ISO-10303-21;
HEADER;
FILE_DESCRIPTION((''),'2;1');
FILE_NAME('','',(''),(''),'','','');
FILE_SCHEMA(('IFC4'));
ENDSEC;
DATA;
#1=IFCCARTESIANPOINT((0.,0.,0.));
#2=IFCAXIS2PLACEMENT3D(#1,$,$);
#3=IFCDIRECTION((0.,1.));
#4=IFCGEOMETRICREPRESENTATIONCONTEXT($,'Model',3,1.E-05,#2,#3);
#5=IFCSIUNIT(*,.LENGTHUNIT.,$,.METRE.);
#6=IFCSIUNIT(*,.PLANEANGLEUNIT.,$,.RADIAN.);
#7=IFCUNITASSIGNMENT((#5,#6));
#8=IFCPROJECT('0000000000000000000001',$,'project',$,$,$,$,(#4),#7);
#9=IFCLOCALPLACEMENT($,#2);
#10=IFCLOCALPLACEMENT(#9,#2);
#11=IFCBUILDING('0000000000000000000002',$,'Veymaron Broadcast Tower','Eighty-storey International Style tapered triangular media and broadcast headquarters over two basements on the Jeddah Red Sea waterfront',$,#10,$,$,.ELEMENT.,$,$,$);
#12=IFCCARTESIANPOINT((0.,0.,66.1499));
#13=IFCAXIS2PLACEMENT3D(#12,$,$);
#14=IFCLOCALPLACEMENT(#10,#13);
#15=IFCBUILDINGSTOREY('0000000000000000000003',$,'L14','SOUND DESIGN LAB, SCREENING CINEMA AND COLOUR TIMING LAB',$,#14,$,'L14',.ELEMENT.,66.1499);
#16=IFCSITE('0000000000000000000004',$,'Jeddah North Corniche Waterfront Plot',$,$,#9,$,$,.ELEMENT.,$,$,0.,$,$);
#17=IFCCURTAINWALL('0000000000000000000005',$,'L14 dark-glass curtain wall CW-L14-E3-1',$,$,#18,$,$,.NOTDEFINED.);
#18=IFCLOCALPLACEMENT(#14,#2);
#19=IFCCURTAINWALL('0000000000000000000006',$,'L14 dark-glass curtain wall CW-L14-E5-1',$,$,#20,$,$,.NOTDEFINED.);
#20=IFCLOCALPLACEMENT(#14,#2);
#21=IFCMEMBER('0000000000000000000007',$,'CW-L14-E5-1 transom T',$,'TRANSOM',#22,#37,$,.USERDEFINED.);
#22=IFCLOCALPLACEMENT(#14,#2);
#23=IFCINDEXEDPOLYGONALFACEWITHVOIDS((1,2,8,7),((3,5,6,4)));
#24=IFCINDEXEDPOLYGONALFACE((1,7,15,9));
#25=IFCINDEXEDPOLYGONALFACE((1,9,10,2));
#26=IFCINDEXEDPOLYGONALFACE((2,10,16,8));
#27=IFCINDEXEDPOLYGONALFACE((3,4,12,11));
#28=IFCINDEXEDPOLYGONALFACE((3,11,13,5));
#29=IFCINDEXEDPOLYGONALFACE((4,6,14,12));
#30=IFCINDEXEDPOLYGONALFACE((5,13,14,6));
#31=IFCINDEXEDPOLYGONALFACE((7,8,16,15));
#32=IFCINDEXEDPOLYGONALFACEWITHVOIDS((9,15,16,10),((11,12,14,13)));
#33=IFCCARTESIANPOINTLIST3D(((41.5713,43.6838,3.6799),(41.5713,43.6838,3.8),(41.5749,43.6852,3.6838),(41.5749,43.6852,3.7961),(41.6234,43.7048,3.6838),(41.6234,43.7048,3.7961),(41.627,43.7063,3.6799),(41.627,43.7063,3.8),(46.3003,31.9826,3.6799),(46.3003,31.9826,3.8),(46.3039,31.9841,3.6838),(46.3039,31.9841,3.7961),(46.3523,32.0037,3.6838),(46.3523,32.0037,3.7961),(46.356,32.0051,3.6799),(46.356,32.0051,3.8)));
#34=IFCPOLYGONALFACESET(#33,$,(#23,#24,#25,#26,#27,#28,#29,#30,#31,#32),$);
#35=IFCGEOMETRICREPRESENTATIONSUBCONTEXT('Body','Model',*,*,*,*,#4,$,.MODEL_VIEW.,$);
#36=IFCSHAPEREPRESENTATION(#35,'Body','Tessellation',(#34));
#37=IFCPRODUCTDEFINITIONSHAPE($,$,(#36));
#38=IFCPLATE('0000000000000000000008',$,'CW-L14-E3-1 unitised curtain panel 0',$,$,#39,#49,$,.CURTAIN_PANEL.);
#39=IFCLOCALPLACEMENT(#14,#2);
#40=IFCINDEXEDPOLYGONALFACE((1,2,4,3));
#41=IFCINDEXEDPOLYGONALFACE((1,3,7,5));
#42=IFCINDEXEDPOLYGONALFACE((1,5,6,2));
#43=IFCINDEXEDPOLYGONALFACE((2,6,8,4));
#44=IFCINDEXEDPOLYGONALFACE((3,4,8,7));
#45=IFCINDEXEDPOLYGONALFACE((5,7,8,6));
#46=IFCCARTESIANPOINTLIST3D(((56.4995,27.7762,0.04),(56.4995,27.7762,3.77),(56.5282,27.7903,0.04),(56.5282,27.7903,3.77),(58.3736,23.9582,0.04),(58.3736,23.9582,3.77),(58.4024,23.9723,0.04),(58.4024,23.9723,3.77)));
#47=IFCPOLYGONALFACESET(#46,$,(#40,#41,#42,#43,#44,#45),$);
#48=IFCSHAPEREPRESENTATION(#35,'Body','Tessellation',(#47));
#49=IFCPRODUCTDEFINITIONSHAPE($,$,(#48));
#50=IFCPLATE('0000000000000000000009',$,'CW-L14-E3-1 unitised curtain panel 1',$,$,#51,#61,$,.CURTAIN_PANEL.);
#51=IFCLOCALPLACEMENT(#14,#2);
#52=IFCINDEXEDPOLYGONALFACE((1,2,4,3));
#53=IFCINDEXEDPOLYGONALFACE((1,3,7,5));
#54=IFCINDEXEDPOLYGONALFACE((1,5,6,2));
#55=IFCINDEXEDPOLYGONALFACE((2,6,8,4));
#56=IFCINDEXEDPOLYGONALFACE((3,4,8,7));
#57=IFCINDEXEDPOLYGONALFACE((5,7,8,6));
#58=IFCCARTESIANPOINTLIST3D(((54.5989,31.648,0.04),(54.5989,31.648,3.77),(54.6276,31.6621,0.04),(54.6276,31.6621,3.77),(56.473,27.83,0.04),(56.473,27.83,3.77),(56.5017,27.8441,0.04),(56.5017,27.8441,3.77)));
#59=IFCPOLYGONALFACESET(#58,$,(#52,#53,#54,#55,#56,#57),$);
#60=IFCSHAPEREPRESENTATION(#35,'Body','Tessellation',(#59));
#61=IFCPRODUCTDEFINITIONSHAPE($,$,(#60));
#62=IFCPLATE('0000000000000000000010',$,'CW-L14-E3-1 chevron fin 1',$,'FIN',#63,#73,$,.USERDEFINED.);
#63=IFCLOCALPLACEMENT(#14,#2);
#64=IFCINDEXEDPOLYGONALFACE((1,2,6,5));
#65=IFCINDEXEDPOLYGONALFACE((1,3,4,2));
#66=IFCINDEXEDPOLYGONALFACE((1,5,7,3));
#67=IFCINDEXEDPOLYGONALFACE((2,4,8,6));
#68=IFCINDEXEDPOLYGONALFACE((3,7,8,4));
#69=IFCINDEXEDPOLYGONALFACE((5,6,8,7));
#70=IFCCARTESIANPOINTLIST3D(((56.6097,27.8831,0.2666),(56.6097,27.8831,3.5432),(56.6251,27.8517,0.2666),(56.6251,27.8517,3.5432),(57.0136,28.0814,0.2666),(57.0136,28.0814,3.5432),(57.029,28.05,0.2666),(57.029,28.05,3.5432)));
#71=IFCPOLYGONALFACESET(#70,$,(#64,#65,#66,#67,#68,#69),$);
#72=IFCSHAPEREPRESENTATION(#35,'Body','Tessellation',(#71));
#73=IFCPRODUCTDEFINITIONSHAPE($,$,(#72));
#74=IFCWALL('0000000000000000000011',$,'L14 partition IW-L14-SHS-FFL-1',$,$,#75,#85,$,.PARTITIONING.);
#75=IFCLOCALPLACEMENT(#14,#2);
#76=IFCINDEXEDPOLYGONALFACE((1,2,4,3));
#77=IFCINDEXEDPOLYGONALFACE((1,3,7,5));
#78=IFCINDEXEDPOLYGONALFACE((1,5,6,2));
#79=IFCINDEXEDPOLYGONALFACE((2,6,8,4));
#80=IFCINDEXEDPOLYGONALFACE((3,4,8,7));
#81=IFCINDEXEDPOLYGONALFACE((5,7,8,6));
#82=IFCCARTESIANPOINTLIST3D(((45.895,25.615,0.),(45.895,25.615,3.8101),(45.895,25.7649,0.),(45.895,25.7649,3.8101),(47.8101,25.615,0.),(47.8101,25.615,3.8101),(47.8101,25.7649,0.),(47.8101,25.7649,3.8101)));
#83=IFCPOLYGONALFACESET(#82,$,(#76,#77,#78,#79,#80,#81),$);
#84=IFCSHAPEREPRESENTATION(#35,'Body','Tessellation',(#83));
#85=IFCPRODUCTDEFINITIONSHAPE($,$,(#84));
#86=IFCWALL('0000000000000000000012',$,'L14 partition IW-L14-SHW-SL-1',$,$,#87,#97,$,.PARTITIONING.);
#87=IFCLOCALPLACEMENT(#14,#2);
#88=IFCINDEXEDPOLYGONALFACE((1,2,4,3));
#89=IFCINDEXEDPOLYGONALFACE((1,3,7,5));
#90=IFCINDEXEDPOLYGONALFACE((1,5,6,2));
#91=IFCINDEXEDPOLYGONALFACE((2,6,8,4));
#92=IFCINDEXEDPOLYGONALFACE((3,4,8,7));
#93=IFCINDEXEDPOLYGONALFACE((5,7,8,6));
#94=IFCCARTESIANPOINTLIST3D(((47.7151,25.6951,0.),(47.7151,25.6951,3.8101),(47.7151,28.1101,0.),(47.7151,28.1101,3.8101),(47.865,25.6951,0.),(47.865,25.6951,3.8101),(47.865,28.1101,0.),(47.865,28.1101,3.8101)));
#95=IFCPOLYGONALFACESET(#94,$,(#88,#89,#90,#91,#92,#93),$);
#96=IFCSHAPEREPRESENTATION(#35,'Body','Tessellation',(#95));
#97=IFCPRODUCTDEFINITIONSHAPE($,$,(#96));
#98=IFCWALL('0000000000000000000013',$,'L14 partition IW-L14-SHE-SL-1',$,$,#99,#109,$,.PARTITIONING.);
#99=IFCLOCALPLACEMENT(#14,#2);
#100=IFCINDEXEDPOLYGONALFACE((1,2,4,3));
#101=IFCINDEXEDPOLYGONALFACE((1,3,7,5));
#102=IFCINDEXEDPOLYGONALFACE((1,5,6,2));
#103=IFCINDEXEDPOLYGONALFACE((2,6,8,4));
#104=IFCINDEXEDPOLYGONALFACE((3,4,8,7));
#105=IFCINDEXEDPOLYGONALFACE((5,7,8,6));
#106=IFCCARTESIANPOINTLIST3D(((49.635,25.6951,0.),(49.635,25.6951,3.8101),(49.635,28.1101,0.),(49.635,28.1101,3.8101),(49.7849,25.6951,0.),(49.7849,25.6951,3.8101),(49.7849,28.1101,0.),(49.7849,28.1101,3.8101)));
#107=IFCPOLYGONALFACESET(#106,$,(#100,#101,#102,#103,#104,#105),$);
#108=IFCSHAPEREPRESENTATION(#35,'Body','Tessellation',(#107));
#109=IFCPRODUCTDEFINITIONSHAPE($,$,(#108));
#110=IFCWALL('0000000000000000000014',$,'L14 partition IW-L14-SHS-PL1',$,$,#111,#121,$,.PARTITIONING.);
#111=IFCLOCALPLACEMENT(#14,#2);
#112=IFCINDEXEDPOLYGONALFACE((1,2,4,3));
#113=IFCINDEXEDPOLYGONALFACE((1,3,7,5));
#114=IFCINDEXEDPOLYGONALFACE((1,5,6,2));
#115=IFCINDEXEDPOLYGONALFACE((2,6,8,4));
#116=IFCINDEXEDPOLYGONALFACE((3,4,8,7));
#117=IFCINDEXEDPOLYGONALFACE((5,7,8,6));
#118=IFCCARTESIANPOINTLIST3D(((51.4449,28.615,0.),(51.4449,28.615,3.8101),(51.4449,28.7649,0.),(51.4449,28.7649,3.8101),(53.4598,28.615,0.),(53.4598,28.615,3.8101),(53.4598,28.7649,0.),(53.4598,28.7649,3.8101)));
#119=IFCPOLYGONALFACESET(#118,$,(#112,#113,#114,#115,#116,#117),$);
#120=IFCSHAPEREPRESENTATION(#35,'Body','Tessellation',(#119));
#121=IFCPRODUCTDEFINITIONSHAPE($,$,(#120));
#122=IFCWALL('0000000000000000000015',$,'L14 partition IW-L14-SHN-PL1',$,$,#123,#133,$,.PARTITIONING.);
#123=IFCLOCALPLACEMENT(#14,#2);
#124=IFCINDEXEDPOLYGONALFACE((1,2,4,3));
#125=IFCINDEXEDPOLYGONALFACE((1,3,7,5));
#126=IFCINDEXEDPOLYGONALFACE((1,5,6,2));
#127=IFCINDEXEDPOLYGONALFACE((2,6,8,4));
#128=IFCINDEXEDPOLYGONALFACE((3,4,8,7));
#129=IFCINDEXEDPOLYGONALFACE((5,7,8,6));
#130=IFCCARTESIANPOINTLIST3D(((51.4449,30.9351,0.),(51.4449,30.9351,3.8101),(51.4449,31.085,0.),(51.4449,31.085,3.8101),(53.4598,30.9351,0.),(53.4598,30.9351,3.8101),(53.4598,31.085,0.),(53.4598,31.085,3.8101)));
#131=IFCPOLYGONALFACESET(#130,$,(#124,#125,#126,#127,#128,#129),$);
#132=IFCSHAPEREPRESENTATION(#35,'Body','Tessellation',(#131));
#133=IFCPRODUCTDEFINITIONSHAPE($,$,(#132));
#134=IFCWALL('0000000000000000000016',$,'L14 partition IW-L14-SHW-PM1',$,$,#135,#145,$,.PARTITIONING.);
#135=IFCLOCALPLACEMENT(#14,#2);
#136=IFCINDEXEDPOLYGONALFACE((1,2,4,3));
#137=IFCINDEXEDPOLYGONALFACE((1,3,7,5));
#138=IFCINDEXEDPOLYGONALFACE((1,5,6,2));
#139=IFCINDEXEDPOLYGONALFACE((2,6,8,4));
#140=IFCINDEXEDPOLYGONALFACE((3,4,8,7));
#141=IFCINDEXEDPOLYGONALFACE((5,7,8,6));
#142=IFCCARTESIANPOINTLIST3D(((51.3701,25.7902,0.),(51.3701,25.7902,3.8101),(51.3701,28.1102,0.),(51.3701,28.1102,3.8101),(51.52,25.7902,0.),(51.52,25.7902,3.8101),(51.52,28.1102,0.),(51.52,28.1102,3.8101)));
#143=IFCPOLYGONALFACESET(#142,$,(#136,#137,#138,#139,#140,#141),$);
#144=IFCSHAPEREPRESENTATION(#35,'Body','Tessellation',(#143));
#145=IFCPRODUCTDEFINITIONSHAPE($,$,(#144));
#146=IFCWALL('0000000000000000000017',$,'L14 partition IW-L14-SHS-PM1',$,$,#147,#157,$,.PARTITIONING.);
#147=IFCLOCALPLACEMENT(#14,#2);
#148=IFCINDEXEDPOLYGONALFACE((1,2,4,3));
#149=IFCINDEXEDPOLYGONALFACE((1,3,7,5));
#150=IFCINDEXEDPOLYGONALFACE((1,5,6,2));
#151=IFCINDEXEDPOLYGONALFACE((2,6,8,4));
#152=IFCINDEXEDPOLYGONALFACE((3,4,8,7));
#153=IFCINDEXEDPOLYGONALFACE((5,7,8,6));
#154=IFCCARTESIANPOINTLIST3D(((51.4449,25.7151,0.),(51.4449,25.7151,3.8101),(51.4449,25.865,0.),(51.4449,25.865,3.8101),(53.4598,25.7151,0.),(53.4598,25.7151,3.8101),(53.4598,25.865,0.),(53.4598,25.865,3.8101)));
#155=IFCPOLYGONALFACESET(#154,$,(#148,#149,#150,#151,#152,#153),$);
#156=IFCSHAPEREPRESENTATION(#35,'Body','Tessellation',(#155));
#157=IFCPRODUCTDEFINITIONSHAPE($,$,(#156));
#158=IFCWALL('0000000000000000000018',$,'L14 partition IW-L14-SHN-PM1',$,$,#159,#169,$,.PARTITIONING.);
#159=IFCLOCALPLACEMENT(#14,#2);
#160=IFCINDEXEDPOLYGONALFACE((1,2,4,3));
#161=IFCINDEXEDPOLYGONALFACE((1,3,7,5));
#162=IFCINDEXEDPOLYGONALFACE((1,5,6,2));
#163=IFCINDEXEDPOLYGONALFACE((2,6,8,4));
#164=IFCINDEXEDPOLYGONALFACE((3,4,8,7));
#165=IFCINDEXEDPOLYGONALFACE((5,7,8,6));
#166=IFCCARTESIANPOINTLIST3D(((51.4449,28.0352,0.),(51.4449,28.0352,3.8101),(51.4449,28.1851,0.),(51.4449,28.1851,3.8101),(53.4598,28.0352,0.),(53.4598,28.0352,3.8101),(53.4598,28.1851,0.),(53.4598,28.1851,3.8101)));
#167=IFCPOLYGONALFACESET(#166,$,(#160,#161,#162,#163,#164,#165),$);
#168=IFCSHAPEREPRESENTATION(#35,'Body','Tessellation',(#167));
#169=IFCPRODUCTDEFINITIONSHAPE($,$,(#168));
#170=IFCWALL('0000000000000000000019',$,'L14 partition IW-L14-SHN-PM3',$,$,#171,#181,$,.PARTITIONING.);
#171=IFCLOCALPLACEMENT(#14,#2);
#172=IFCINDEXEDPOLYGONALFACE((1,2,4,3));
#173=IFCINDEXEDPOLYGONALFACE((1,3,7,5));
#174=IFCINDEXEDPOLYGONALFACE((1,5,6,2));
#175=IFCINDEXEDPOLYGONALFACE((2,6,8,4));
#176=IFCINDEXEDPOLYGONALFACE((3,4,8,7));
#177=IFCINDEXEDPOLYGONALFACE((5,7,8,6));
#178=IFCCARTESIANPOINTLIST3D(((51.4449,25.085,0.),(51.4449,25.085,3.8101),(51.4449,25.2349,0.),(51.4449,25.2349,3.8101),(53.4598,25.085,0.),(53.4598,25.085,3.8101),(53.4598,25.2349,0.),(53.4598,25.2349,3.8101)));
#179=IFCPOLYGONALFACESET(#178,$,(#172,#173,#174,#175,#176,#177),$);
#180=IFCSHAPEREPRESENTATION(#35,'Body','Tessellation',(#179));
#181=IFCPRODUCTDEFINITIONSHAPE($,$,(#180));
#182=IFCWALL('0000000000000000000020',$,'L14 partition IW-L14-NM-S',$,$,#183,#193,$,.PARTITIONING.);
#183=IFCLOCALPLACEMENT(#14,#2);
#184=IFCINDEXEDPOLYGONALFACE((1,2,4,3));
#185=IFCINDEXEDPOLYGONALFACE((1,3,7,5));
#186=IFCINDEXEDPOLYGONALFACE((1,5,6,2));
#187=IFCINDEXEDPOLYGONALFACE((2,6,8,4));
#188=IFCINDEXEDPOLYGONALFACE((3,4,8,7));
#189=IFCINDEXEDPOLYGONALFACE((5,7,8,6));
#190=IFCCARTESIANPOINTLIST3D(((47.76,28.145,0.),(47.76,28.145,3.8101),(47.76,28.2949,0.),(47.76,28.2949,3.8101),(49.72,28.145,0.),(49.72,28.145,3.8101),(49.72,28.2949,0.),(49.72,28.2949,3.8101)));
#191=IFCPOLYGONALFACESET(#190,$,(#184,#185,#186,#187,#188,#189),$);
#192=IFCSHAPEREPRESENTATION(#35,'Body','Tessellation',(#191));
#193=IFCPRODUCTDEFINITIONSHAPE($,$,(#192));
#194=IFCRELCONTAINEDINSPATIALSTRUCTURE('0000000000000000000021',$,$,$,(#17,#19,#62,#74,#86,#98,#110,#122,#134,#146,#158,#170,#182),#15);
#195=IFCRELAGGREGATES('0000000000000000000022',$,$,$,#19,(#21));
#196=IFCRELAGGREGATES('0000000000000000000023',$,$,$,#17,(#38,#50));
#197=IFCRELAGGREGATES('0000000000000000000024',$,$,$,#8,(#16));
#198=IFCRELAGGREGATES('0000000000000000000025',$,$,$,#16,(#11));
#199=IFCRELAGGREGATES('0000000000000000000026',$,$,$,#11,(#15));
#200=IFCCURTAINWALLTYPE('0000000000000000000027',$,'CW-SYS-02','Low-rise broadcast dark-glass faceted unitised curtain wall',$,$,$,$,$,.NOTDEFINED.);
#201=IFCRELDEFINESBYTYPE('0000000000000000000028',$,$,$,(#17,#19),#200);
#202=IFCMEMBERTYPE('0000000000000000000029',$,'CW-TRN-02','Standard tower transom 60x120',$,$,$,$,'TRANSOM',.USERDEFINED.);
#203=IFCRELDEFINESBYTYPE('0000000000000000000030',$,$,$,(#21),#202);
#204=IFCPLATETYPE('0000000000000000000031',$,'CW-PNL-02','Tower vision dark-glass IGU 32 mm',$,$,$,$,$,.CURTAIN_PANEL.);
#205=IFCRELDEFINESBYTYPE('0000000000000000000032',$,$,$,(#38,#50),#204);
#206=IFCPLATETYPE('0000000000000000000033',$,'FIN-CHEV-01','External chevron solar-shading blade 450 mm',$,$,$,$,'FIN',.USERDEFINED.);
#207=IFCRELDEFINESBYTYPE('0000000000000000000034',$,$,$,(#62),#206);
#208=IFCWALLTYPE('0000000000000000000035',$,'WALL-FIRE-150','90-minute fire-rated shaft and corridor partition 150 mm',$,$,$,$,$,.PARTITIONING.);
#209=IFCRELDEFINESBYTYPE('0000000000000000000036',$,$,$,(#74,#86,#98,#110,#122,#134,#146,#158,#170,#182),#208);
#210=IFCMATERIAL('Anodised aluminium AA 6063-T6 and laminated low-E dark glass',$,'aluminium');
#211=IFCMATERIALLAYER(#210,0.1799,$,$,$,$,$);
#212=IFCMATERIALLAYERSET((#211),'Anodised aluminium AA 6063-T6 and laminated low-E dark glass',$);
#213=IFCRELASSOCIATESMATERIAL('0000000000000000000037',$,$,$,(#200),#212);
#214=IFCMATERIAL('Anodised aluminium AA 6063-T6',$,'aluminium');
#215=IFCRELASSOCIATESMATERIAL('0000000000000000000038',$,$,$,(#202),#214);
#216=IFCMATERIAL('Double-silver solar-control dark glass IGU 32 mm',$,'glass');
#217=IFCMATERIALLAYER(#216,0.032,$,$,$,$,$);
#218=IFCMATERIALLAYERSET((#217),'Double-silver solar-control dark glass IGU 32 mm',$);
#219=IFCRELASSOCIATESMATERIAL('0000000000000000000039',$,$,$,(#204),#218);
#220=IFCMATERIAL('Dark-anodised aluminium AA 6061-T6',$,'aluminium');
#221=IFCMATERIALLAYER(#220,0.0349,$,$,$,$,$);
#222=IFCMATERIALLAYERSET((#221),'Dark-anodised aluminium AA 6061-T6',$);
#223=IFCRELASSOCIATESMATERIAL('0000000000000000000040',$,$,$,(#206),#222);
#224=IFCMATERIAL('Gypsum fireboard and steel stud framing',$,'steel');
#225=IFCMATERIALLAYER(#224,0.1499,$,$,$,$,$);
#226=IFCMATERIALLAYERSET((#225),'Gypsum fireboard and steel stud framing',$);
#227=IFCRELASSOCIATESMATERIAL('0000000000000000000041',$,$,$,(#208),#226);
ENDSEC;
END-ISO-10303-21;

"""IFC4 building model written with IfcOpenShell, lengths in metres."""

from ifc_helpers import new_model, si_unit, direction, frame, frame_2d, origin, origin_2d, place, context, subcontext, project, spatial, rectangle, hollow_rectangle, extrude, material, layer, layer_set, material_profile, profile_set, type_object, element, aggregate, save


model = new_model("IFC4")

# Units and contexts
model_context = context("Model", 3, precision=1e-05, world=origin(), true_north=direction((0.0, 1.0)))
body_context = subcontext(model_context, "Body", "Model", "MODEL_VIEW")
ifc_project = project(units=[si_unit("LENGTHUNIT", "METRE"), si_unit("PLANEANGLEUNIT", "RADIAN")], contexts=[model_context])

# Site, building, storey
site_placement = place(None, origin())
site = spatial("IfcSite", under=ifc_project, at=site_placement, Name="Jeddah North Corniche Waterfront Plot", CompositionType="ELEMENT", RefElevation=0.0)
building_placement = place(site_placement, origin())
building = spatial("IfcBuilding", under=site, at=building_placement, Name="Veymaron Broadcast Tower", Description="Eighty-storey International Style tapered triangular media and broadcast headquarters over two basements on the Jeddah Red Sea waterfront", CompositionType="ELEMENT")
storey_placement = place(building_placement, frame((0.0, 0.0, 66.1499)))
storey = spatial("IfcBuildingStorey", under=building, at=storey_placement, Name="L14", Description="SOUND DESIGN LAB, SCREENING CINEMA AND COLOUR TIMING LAB", LongName="L14", CompositionType="ELEMENT", Elevation=66.1499)

# Shared definitions
ifc_material_1 = material(Name="Anodised aluminium AA 6063-T6 and laminated low-E dark glass", Category="aluminium")
ifc_layer_1 = layer(ifc_material_1, 0.1799)
ifc_layer_set_1 = layer_set([ifc_layer_1], Name="Anodised aluminium AA 6063-T6 and laminated low-E dark glass")
curtain_wall_type = type_object("IfcCurtainWallType", Name="CW-SYS-02", Description="Low-rise broadcast dark-glass faceted unitised curtain wall", PredefinedType="NOTDEFINED", material=ifc_layer_set_1)
ifc_material_2 = material(Name="Anodised aluminium AA 6063-T6", Category="aluminium")

# Curtain walls, member
curtain_wall_1_placement = place(storey_placement, origin())
curtain_wall_1 = element("IfcCurtainWall", 1, at=curtain_wall_1_placement, inside=storey, type_object=curtain_wall_type, Name="L14 dark-glass curtain wall CW-L14-E3-1", PredefinedType="NOTDEFINED")
curtain_wall_2_placement = place(storey_placement, origin())
curtain_wall_2 = element("IfcCurtainWall", 2, at=curtain_wall_2_placement, inside=storey, type_object=curtain_wall_type, Name="L14 dark-glass curtain wall CW-L14-E5-1", PredefinedType="NOTDEFINED")
ifc_material_profile_1 = material_profile(ifc_material_2, hollow_rectangle(XDim=0.0601, YDim=0.1201, WallThickness=0.0039, at=origin_2d()), Name="AL120X60X4")
ifc_profile_set_1 = profile_set([ifc_material_profile_1], Name="Anodised aluminium AA 6063-T6")
member_type_1 = type_object("IfcMemberType", Name="CW-TRN-02", Description="Standard tower transom 60x120", ElementType="TRANSOM", PredefinedType="USERDEFINED", material=ifc_profile_set_1)
member_1_placement = place(storey_placement, frame((46.3281, 31.9939, 3.74), z_axis=(-0.374704, 0.927145, 0.0), x_axis=(-0.927145, -0.374704, 0.0)))
member_1 = element("IfcMember", 3, at=member_1_placement, type_object=member_type_1, Name="CW-L14-E5-1 transom T", ObjectType="TRANSOM", PredefinedType="USERDEFINED", context=body_context, shape_type="SweptSolid", body=[
    extrude(hollow_rectangle(XDim=0.0601, YDim=0.1201, WallThickness=0.0039, at=origin_2d()), origin(), (0.0, 0.0, 1.0), 12.6206),
])
aggregate(curtain_wall_2, [member_1])

# Plates
ifc_material_3 = material(Name="Double-silver solar-control dark glass IGU 32 mm", Category="glass")
ifc_layer_2 = layer(ifc_material_3, 0.032)
ifc_layer_set_2 = layer_set([ifc_layer_2], Name="Double-silver solar-control dark glass IGU 32 mm")
plate_type_1 = type_object("IfcPlateType", Name="CW-PNL-02", Description="Tower vision dark-glass IGU 32 mm", PredefinedType="CURTAIN_PANEL", material=ifc_layer_set_2)
plate_1_placement = place(storey_placement, frame((57.4509, 25.8743, 0.04), z_axis=(0.0, 0.0, 1.0), x_axis=(-0.440644, 0.897682, 0.0)))
plate_1 = element("IfcPlate", 4, at=plate_1_placement, type_object=plate_type_1, Name="CW-L14-E3-1 unitised curtain panel 0", PredefinedType="CURTAIN_PANEL", context=body_context, shape_type="SweptSolid", body=[
    extrude(rectangle(XDim=4.2532, YDim=0.032, at=origin_2d()), origin(), (0.0, 0.0, 1.0), 3.73),
])
plate_2_placement = place(storey_placement, frame((55.5503, 29.7461, 0.04), z_axis=(0.0, 0.0, 1.0), x_axis=(-0.440644, 0.897682, 0.0)))
plate_2 = element("IfcPlate", 5, at=plate_2_placement, type_object=plate_type_1, Name="CW-L14-E3-1 unitised curtain panel 1", PredefinedType="CURTAIN_PANEL", context=body_context, shape_type="SweptSolid", body=[
    extrude(rectangle(XDim=4.2532, YDim=0.032, at=origin_2d()), origin(), (0.0, 0.0, 1.0), 3.73),
])
aggregate(curtain_wall_1, [plate_1, plate_2])
ifc_material_4 = material(Name="Dark-anodised aluminium AA 6061-T6", Category="aluminium")
ifc_layer_3 = layer(ifc_material_4, 0.0349)
ifc_layer_set_3 = layer_set([ifc_layer_3], Name="Dark-anodised aluminium AA 6061-T6")
plate_type_2 = type_object("IfcPlateType", Name="FIN-CHEV-01", Description="External chevron solar-shading blade 450 mm", ElementType="FIN", PredefinedType="USERDEFINED", material=ifc_layer_set_3)
plate_3_placement = place(storey_placement, frame((56.8193, 27.9666, 0.2666), z_axis=(0.0, 0.0, 1.0), x_axis=(0.897682, 0.440644, 0.0)))
element("IfcPlate", 6, at=plate_3_placement, inside=storey, type_object=plate_type_2, Name="CW-L14-E3-1 chevron fin 1", ObjectType="FIN", PredefinedType="USERDEFINED", context=body_context, shape_type="SweptSolid", body=[
    extrude(rectangle(XDim=0.45, YDim=0.0349, at=origin_2d()), origin(), (0.0, 0.0, 1.0), 3.2766),
])

# Wall
ifc_material_5 = material(Name="Gypsum fireboard and steel stud framing", Category="steel")
ifc_layer_4 = layer(ifc_material_5, 0.1499)
ifc_layer_set_4 = layer_set([ifc_layer_4], Name="Gypsum fireboard and steel stud framing")
wall_type_1 = type_object("IfcWallType", Name="WALL-FIRE-150", Description="90-minute fire-rated shaft and corridor partition 150 mm", PredefinedType="PARTITIONING", material=ifc_layer_set_4)
wall_1_placement = place(storey_placement, frame((45.895, 25.6899, 0.0), z_axis=(0.0, 0.0, 1.0), x_axis=(1.0, 0.0, 0.0)))
element("IfcWall", 7, at=wall_1_placement, inside=storey, type_object=wall_type_1, Name="L14 partition IW-L14-SHS-FFL-1", PredefinedType="PARTITIONING", context=body_context, shape_type="SweptSolid", body=[
    extrude(rectangle(XDim=1.915, YDim=0.1499, at=frame_2d((0.9575, 0.0))), origin(), (0.0, 0.0, 1.0), 3.8101),
])

# Walls
for number, where, z_axis, x_axis, name in (
    (8, (47.79, 25.6951, 0.0), (0.0, 0.0, 1.0), (0.0, 1.0, 0.0), "L14 partition IW-L14-SHW-SL-1"),
    (9, (49.71, 25.6951, 0.0), (0.0, 0.0, 1.0), (0.0, 1.0, 0.0), "L14 partition IW-L14-SHE-SL-1"),
):
    element("IfcWall", number, at=place(storey_placement, frame(where, z_axis=z_axis, x_axis=x_axis)), inside=storey, type_object=wall_type_1, Name=name, PredefinedType="PARTITIONING", context=body_context, shape_type="SweptSolid", body=[
        extrude(rectangle(XDim=2.415, YDim=0.1499, at=frame_2d((1.2075, 0.0))), origin(), (0.0, 0.0, 1.0), 3.8101),
    ])

# Walls
for number, where, z_axis, x_axis, name in (
    (10, (51.4451, 28.6899, 0.0), (0.0, 0.0, 1.0), (1.0, 0.0, 0.0), "L14 partition IW-L14-SHS-PL1"),
    (11, (51.4451, 31.01, 0.0), (0.0, 0.0, 1.0), (1.0, 0.0, 0.0), "L14 partition IW-L14-SHN-PL1"),
):
    element("IfcWall", number, at=place(storey_placement, frame(where, z_axis=z_axis, x_axis=x_axis)), inside=storey, type_object=wall_type_1, Name=name, PredefinedType="PARTITIONING", context=body_context, shape_type="SweptSolid", body=[
        extrude(rectangle(XDim=2.0149, YDim=0.1499, at=frame_2d((1.0073, 0.0))), origin(), (0.0, 0.0, 1.0), 3.8101),
    ])
wall_2_placement = place(storey_placement, frame((51.4451, 25.79, 0.0), z_axis=(0.0, 0.0, 1.0), x_axis=(0.0, 1.0, 0.0)))
element("IfcWall", 12, at=wall_2_placement, inside=storey, type_object=wall_type_1, Name="L14 partition IW-L14-SHW-PM1", PredefinedType="PARTITIONING", context=body_context, shape_type="SweptSolid", body=[
    extrude(rectangle(XDim=2.3201, YDim=0.1499, at=frame_2d((1.1602, 0.0))), origin(), (0.0, 0.0, 1.0), 3.8101),
])
for number, where, z_axis, x_axis, name in (
    (13, (51.4451, 25.79, 0.0), (0.0, 0.0, 1.0), (1.0, 0.0, 0.0), "L14 partition IW-L14-SHS-PM1"),
    (14, (51.4451, 28.1101, 0.0), (0.0, 0.0, 1.0), (1.0, 0.0, 0.0), "L14 partition IW-L14-SHN-PM1"),
    (15, (51.4451, 25.1599, 0.0), (0.0, 0.0, 1.0), (1.0, 0.0, 0.0), "L14 partition IW-L14-SHN-PM3"),
):
    element("IfcWall", number, at=place(storey_placement, frame(where, z_axis=z_axis, x_axis=x_axis)), inside=storey, type_object=wall_type_1, Name=name, PredefinedType="PARTITIONING", context=body_context, shape_type="SweptSolid", body=[
        extrude(rectangle(XDim=2.0149, YDim=0.1499, at=frame_2d((1.0073, 0.0))), origin(), (0.0, 0.0, 1.0), 3.8101),
    ])
wall_3_placement = place(storey_placement, frame((47.76, 28.22, 0.0), z_axis=(0.0, 0.0, 1.0), x_axis=(1.0, 0.0, 0.0)))
element("IfcWall", 16, at=wall_3_placement, inside=storey, type_object=wall_type_1, Name="L14 partition IW-L14-NM-S", PredefinedType="PARTITIONING", context=body_context, shape_type="SweptSolid", body=[
    extrude(rectangle(XDim=1.96, YDim=0.1499, at=frame_2d((0.98, 0.0))), origin(), (0.0, 0.0, 1.0), 3.8101),
])

save(model, "model.ifc")
